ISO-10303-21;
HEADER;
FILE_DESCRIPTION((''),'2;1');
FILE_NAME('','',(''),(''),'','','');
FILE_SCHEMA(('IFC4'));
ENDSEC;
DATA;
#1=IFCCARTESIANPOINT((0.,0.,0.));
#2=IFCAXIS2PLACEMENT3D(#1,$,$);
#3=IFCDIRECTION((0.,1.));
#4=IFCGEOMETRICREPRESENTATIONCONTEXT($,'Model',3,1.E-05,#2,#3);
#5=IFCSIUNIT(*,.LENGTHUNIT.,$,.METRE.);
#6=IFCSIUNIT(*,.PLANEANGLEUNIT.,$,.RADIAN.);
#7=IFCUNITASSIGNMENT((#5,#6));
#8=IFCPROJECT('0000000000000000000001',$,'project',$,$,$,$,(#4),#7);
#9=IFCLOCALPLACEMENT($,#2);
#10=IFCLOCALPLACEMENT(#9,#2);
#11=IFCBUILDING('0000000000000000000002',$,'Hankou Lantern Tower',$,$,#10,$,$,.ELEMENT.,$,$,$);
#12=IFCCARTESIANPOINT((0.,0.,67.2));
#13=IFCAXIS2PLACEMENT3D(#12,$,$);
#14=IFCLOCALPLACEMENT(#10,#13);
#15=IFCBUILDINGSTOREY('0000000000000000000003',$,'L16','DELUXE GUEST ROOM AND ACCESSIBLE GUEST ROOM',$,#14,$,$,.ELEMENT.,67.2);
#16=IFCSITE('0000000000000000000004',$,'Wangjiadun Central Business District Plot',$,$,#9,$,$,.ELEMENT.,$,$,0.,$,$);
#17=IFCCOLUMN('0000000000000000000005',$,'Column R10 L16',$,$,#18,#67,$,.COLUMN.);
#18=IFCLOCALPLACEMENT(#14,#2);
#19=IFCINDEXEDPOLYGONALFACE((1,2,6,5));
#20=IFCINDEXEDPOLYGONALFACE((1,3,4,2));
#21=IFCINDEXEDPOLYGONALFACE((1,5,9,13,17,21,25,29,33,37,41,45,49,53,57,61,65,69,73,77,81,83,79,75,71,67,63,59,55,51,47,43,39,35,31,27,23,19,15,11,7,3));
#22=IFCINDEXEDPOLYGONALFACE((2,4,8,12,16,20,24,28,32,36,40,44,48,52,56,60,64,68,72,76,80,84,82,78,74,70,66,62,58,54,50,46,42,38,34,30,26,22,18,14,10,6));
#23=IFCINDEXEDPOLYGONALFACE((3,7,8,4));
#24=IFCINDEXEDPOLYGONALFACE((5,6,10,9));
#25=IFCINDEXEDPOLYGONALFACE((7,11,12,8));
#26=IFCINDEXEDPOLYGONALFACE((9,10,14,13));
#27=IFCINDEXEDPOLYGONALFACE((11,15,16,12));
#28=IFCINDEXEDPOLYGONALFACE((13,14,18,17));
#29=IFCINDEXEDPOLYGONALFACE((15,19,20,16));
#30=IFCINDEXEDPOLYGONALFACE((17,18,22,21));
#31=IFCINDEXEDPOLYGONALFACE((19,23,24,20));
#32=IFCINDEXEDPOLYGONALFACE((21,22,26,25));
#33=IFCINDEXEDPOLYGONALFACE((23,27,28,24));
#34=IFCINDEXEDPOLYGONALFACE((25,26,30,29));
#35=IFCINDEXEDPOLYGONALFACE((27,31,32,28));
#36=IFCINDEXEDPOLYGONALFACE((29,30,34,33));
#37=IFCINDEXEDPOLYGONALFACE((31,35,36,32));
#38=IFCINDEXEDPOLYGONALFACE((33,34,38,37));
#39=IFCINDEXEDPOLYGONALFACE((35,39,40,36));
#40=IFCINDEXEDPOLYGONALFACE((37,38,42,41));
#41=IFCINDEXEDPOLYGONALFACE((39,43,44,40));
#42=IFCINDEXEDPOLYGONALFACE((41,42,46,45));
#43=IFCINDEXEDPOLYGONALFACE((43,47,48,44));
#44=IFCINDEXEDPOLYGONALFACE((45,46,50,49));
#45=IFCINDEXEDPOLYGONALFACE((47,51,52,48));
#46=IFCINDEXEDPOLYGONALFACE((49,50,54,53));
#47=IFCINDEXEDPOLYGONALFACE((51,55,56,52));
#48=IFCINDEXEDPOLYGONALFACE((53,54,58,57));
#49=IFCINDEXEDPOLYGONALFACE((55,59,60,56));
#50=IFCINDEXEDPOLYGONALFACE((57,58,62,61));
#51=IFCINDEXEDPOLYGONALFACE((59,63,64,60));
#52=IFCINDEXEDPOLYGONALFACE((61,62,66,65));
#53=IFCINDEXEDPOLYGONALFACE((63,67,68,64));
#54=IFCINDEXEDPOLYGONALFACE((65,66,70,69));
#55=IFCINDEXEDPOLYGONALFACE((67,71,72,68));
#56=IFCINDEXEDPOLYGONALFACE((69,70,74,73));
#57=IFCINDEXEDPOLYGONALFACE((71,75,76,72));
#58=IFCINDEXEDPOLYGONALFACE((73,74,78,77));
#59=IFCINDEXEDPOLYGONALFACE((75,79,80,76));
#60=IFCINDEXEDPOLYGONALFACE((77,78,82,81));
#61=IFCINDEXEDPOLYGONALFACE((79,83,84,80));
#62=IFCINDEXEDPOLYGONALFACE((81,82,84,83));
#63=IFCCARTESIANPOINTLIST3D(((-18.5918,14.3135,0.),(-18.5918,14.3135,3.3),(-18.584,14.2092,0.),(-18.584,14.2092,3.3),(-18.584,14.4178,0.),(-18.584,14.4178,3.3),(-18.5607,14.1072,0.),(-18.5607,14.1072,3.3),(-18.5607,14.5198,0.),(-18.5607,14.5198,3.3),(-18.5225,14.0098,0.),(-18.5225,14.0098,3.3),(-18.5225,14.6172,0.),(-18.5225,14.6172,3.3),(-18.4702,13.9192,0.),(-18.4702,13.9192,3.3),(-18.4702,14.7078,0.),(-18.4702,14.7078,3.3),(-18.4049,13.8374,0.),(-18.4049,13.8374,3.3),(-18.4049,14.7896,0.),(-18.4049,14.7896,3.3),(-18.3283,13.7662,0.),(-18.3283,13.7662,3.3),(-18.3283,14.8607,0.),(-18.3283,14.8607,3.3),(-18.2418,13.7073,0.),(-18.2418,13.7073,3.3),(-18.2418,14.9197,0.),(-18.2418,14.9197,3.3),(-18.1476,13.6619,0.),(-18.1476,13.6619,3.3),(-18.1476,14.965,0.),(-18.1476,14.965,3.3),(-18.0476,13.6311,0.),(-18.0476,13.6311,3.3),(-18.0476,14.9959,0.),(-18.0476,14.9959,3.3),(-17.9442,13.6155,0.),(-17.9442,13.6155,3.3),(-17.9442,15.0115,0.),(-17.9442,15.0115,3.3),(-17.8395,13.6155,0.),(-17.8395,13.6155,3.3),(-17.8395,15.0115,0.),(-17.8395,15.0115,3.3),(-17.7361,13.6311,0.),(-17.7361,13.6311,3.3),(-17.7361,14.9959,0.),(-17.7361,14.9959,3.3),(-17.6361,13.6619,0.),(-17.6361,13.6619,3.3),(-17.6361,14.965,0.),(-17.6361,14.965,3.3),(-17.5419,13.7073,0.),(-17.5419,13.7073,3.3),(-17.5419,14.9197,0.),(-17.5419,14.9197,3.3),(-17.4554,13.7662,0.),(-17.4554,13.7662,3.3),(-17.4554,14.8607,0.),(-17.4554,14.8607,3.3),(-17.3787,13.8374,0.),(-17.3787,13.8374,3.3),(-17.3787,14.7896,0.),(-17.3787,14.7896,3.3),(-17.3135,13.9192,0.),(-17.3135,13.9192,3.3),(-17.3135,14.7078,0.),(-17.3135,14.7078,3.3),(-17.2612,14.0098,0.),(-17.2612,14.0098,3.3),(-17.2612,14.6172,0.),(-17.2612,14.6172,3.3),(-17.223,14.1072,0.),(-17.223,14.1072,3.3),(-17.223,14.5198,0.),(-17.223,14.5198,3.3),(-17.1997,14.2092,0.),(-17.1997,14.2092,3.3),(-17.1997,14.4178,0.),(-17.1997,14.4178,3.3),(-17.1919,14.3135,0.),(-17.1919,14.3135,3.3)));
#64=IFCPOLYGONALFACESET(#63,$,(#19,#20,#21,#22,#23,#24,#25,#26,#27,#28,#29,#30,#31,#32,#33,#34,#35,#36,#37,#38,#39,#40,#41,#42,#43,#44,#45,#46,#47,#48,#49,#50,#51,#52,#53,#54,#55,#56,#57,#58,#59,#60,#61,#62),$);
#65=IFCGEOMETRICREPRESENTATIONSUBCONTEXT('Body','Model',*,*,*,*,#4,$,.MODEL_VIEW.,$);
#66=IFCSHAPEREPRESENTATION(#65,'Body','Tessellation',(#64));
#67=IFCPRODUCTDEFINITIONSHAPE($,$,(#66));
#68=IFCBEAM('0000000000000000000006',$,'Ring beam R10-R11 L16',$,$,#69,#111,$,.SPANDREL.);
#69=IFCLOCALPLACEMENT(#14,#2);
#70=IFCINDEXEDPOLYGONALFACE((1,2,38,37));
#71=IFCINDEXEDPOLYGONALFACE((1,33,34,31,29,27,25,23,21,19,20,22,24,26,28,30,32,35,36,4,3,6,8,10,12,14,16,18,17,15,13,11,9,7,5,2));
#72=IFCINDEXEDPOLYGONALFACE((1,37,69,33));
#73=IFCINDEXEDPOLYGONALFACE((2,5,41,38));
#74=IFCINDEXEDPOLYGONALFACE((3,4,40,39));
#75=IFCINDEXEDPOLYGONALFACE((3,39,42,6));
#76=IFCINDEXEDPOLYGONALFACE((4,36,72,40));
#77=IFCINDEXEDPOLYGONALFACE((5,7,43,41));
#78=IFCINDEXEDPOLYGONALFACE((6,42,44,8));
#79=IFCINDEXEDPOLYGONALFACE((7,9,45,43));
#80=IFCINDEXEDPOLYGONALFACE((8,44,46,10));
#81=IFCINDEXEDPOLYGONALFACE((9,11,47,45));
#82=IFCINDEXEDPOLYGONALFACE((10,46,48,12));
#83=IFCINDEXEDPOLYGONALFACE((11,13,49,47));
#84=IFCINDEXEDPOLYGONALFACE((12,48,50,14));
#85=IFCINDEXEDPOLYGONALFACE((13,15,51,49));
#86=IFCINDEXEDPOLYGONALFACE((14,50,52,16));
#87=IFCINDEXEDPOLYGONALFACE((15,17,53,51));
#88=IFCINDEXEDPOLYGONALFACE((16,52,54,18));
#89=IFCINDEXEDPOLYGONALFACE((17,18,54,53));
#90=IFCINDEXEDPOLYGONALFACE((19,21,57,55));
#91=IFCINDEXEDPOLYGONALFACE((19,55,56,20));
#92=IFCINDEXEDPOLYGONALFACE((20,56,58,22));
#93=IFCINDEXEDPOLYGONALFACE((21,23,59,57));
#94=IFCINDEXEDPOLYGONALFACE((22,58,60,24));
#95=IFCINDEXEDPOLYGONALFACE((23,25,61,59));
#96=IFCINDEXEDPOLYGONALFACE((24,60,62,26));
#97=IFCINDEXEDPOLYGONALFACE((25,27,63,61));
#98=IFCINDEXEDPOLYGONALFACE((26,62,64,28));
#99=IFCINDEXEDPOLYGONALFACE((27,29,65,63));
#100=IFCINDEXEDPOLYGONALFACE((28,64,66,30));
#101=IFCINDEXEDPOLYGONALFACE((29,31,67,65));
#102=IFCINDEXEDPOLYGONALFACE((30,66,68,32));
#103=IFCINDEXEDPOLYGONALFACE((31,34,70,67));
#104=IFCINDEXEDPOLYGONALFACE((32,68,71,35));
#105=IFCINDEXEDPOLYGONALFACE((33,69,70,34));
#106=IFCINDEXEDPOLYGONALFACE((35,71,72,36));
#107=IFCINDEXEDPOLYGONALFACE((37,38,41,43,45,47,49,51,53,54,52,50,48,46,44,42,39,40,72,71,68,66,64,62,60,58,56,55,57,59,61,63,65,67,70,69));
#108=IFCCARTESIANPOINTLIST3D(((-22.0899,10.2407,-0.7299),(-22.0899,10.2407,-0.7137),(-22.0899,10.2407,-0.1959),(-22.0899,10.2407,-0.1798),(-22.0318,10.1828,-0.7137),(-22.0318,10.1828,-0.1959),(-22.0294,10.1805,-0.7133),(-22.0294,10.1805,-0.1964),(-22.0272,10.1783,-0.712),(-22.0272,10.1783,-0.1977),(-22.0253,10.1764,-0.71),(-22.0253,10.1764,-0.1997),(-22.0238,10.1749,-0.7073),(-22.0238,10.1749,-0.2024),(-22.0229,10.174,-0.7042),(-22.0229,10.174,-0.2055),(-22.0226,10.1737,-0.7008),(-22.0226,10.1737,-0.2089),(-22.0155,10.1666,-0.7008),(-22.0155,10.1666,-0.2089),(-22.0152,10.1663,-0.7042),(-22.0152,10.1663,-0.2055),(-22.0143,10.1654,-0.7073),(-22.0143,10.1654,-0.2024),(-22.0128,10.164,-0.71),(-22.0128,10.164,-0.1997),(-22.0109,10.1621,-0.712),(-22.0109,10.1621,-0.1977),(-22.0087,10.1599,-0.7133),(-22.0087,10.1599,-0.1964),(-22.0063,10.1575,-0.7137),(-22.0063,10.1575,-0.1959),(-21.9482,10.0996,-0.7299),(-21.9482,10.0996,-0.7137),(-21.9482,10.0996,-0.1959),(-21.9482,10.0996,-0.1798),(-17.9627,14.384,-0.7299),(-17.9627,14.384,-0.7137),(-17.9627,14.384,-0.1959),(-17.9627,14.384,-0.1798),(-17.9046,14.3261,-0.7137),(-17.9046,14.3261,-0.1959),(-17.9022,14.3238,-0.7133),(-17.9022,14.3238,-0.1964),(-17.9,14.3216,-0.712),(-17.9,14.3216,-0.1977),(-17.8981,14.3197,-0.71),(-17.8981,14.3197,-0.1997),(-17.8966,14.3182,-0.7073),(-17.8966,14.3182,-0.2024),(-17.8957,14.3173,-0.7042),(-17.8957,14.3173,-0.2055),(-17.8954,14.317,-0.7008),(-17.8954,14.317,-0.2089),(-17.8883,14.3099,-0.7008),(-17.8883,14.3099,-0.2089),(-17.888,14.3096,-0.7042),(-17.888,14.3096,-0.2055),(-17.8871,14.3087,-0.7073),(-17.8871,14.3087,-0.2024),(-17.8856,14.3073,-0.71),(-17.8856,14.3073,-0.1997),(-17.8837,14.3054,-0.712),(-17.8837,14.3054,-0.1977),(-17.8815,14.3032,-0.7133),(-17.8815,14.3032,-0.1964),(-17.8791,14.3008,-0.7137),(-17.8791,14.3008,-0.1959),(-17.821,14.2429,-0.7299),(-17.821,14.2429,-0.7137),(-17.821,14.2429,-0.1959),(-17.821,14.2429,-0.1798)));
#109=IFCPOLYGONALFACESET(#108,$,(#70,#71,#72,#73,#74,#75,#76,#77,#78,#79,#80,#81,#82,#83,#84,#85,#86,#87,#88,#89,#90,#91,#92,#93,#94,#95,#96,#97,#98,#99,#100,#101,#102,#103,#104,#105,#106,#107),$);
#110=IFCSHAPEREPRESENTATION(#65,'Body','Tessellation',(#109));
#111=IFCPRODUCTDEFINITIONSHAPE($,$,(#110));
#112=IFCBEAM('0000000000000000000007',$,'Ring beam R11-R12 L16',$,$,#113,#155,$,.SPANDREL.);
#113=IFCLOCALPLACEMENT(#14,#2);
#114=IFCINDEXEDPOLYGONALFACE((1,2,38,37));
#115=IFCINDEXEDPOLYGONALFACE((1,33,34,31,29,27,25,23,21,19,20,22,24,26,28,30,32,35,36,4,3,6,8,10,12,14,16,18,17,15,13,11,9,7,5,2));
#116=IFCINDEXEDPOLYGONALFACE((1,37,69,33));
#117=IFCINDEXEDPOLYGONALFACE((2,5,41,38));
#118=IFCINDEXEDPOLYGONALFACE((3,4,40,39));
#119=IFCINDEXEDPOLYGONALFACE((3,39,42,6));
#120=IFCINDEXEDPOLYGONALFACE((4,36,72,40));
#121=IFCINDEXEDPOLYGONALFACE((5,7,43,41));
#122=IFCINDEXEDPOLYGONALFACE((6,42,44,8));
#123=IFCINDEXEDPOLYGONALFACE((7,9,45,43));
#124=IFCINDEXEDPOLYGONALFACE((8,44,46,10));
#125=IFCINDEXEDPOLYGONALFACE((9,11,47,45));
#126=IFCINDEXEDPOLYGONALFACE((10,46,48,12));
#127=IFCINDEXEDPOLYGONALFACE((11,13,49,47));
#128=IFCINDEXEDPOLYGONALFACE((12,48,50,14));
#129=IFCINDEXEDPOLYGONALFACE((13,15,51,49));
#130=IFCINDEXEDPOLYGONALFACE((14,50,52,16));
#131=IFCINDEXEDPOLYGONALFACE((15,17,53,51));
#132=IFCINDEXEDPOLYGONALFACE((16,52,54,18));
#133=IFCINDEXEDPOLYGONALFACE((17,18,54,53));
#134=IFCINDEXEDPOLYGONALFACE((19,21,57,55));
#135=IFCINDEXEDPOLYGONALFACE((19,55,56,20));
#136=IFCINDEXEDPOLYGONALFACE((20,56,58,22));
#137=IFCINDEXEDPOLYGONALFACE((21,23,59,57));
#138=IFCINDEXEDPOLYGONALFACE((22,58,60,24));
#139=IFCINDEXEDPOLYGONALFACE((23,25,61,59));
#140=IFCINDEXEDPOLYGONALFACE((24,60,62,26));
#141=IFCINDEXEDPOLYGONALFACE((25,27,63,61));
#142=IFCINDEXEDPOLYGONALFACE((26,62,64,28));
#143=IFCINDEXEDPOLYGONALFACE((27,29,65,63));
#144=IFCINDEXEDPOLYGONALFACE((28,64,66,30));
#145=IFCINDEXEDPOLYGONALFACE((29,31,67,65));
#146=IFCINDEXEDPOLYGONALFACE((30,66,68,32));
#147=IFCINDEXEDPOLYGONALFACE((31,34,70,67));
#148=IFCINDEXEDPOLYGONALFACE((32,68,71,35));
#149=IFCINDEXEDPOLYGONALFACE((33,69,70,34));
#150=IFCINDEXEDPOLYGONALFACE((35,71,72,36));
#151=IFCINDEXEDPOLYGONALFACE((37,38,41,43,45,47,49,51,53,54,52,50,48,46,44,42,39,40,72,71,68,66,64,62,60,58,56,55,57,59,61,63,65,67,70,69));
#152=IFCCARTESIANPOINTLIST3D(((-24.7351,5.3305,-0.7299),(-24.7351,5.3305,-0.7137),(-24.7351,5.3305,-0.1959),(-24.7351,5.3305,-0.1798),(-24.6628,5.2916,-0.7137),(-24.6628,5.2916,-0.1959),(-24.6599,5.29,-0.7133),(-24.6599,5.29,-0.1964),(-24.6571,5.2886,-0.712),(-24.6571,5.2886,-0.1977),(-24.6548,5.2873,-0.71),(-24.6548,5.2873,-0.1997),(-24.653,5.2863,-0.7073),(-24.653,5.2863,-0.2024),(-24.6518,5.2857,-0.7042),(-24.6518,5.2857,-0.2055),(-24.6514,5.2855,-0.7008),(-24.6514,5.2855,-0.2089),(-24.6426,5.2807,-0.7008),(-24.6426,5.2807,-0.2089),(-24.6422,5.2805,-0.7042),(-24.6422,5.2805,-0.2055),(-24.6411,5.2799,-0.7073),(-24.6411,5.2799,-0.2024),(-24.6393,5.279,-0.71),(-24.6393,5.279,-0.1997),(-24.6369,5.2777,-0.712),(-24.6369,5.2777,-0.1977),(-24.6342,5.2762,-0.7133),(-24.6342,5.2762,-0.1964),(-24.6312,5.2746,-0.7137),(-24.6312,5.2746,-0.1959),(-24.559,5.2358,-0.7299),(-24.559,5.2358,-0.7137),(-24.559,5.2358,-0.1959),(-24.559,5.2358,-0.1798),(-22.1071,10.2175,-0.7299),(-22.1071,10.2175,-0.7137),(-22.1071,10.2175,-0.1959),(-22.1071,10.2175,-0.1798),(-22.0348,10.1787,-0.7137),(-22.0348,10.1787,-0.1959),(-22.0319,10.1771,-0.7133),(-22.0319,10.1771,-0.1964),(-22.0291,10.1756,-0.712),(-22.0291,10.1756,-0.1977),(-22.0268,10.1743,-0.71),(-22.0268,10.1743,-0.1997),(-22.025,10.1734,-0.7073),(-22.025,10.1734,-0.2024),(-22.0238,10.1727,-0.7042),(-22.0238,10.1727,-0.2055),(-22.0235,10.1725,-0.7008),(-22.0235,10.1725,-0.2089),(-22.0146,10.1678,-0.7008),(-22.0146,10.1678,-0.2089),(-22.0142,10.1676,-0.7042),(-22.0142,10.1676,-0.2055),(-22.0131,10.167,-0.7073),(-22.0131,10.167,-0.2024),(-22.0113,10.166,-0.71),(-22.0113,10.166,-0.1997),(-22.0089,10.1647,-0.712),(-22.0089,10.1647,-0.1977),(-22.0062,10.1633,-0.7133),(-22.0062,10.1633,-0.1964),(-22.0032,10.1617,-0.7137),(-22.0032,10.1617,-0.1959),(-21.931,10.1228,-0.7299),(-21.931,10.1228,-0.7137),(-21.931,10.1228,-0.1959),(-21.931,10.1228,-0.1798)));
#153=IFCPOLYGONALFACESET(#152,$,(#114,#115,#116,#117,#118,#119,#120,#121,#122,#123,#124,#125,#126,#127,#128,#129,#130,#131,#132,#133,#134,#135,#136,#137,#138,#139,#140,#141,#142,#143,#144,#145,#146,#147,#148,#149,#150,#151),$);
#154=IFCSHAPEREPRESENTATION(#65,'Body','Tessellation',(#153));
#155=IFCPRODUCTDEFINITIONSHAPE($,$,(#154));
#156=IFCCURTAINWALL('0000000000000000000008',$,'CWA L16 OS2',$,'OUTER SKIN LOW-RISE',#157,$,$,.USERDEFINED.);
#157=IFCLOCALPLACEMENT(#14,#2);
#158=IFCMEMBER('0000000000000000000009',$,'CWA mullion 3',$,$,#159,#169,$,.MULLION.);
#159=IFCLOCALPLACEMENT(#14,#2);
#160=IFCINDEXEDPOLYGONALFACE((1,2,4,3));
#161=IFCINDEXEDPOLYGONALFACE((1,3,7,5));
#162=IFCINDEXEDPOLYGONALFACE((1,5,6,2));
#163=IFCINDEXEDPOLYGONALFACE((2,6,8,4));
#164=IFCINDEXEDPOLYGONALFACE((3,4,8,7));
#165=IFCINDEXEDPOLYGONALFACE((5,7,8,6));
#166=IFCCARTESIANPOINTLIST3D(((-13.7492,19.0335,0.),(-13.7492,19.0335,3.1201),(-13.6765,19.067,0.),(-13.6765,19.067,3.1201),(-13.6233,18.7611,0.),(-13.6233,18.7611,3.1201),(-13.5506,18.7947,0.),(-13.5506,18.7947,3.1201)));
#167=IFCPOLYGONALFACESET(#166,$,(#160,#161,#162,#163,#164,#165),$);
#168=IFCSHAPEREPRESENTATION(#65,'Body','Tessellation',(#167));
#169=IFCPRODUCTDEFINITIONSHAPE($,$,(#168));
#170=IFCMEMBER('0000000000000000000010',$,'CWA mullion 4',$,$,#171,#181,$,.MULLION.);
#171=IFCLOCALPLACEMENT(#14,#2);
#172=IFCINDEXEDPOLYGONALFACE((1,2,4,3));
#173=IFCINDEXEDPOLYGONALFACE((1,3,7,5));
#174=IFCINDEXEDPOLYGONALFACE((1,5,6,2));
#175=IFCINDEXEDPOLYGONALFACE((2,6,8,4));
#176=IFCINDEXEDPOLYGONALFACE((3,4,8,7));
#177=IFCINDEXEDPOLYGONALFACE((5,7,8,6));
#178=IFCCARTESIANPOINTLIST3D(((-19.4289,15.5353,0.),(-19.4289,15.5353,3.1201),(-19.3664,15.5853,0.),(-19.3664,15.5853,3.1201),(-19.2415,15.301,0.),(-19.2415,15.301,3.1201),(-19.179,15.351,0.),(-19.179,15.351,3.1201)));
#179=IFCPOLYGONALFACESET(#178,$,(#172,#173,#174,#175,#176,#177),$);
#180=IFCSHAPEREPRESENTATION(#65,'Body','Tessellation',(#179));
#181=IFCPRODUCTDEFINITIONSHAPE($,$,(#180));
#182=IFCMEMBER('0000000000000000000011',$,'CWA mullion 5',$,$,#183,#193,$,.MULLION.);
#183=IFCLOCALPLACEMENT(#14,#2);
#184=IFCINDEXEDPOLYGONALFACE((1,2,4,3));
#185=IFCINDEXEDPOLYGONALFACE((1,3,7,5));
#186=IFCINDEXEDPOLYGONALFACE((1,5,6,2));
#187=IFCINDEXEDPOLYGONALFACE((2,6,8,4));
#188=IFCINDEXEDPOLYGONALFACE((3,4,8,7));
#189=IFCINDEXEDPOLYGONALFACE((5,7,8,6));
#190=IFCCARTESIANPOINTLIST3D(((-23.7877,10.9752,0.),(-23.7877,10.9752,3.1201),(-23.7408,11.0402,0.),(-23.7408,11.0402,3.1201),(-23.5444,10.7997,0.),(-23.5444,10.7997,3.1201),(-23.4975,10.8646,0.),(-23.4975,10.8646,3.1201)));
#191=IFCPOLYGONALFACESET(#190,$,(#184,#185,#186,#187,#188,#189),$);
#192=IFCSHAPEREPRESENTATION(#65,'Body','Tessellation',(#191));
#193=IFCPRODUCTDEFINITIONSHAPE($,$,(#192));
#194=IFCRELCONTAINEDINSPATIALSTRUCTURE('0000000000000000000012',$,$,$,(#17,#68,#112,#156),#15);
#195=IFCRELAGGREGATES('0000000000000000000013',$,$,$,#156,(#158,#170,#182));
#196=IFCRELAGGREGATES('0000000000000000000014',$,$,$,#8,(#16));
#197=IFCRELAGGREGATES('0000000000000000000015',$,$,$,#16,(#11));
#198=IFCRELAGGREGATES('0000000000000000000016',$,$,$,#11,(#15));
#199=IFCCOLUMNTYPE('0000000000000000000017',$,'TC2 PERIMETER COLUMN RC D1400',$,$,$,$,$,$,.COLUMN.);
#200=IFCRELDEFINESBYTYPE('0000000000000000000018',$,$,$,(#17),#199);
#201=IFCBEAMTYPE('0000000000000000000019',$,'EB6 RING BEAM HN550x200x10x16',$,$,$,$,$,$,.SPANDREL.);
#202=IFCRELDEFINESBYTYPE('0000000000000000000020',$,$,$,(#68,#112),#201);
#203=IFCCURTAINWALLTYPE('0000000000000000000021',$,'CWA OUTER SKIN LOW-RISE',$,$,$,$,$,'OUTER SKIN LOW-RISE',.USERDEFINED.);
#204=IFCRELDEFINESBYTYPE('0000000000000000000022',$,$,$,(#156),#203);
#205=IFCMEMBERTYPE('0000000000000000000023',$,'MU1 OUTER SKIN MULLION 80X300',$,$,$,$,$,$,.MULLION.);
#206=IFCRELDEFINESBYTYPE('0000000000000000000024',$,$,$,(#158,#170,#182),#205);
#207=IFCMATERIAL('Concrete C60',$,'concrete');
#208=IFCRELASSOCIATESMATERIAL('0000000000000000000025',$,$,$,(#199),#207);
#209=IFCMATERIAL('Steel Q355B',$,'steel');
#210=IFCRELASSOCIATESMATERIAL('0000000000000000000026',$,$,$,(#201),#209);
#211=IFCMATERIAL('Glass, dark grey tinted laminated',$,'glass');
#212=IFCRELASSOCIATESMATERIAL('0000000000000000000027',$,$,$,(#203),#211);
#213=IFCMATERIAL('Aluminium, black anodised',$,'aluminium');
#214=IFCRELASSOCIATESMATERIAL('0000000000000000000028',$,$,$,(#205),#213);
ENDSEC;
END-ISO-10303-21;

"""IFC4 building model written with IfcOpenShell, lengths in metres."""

from ifc_helpers import new_model, si_unit, direction, frame, origin, origin_2d, place, context, subcontext, project, spatial, rectangle, circle, i_section, extrude, material, material_profile, profile_set, type_object, element, aggregate, save


model = new_model("IFC4")

# Units and contexts
model_context = context("Model", 3, precision=1e-05, world=origin(), true_north=direction((0.0, 1.0)))
body_context = subcontext(model_context, "Body", "Model", "MODEL_VIEW")
ifc_project = project(units=[si_unit("LENGTHUNIT", "METRE"), si_unit("PLANEANGLEUNIT", "RADIAN")], contexts=[model_context])

# Site, building, storey
site_placement = place(None, origin())
site = spatial("IfcSite", under=ifc_project, at=site_placement, Name="Wangjiadun Central Business District Plot", CompositionType="ELEMENT", RefElevation=0.0)
building_placement = place(site_placement, origin())
building = spatial("IfcBuilding", under=site, at=building_placement, Name="Hankou Lantern Tower", CompositionType="ELEMENT")
storey_placement = place(building_placement, frame((0.0, 0.0, 67.2)))
storey = spatial("IfcBuildingStorey", under=building, at=storey_placement, Name="L16", Description="DELUXE GUEST ROOM AND ACCESSIBLE GUEST ROOM", CompositionType="ELEMENT", Elevation=67.2)

# Column
ifc_material_1 = material(Name="Concrete C60", Category="concrete")
ifc_material_profile_1 = material_profile(ifc_material_1, circle(Radius=0.7, at=origin_2d()), Name="RC D1400")
ifc_profile_set_1 = profile_set([ifc_material_profile_1], Name="Concrete C60")
column_type = type_object("IfcColumnType", Name="TC2 PERIMETER COLUMN RC D1400", PredefinedType="COLUMN", material=ifc_profile_set_1)
column_placement = place(storey_placement, frame((-17.8918, 14.3135, 0.0), z_axis=(0.0, 0.0, 1.0), x_axis=(1.0, 0.0, 0.0)))
element("IfcColumn", 1, at=column_placement, inside=storey, type_object=column_type, Name="Column R10 L16", PredefinedType="COLUMN", context=body_context, shape_type="SweptSolid", body=[
    extrude(circle(Radius=0.7, at=origin_2d()), origin(), (0.0, 0.0, 1.0), 3.3),
])

# Beams
ifc_material_2 = material(Name="Steel Q355B", Category="steel")
ifc_material_profile_2 = material_profile(ifc_material_2, i_section(OverallWidth=0.2, OverallDepth=0.55, WebThickness=0.01, FlangeThickness=0.0161, FilletRadius=0.0129, at=origin_2d()), Name="HN550x200x10x16")
ifc_profile_set_2 = profile_set([ifc_material_profile_2], Name="Steel Q355B")
beam_type_1 = type_object("IfcBeamType", Name="EB6 RING BEAM HN550x200x10x16", PredefinedType="SPANDREL", material=ifc_profile_set_2)
beam_1_placement = place(storey_placement, frame((-17.8918, 14.3135, -0.4548), z_axis=(-0.705728, -0.708483, 0.0), x_axis=(0.708483, -0.705728, 0.0)))
element("IfcBeam", 2, at=beam_1_placement, inside=storey, type_object=beam_type_1, Name="Ring beam R10-R11 L16", PredefinedType="SPANDREL", context=body_context, shape_type="SweptSolid", body=[
    extrude(i_section(OverallWidth=0.2, OverallDepth=0.55, WebThickness=0.01, FlangeThickness=0.0161, FilletRadius=0.0129, at=origin_2d()), origin(), (0.0, 0.0, 1.0), 5.8481),
])
beam_2_placement = place(storey_placement, frame((-22.019, 10.1702, -0.4548), z_axis=(-0.473609, -0.880735, 0.0), x_axis=(0.880735, -0.473609, 0.0)))
element("IfcBeam", 3, at=beam_2_placement, inside=storey, type_object=beam_type_1, Name="Ring beam R11-R12 L16", PredefinedType="SPANDREL", context=body_context, shape_type="SweptSolid", body=[
    extrude(i_section(OverallWidth=0.2, OverallDepth=0.55, WebThickness=0.01, FlangeThickness=0.0161, FilletRadius=0.0129, at=origin_2d()), origin(), (0.0, 0.0, 1.0), 5.5488),
])

# Curtain wall, members
ifc_material_3 = material(Name="Glass, dark grey tinted laminated", Category="glass")
curtain_wall_type = type_object("IfcCurtainWallType", Name="CWA OUTER SKIN LOW-RISE", ElementType="OUTER SKIN LOW-RISE", PredefinedType="USERDEFINED", material=ifc_material_3)
curtain_wall_placement = place(storey_placement, origin())
curtain_wall = element("IfcCurtainWall", 4, at=curtain_wall_placement, inside=storey, type_object=curtain_wall_type, Name="CWA L16 OS2", ObjectType="OUTER SKIN LOW-RISE", PredefinedType="USERDEFINED")
ifc_material_4 = material(Name="Aluminium, black anodised", Category="aluminium")
ifc_material_profile_3 = material_profile(ifc_material_4, rectangle(XDim=0.0801, YDim=0.3, at=origin_2d()), Name="MU1 80X300")
ifc_profile_set_3 = profile_set([ifc_material_profile_3], Name="Aluminium, black anodised")
member_type_1 = type_object("IfcMemberType", Name="MU1 OUTER SKIN MULLION 80X300", PredefinedType="MULLION", material=ifc_profile_set_3)
member_1_placement = place(storey_placement, frame((-13.6499, 18.9141, 0.0), z_axis=(0.0, 0.0, 1.0), x_axis=(-0.907841, -0.419314, 0.0)))
member_1 = element("IfcMember", 5, at=member_1_placement, type_object=member_type_1, Name="CWA mullion 3", PredefinedType="MULLION", context=body_context, shape_type="SweptSolid", body=[
    extrude(rectangle(XDim=0.0801, YDim=0.3, at=origin_2d()), origin(), (0.0, 0.0, 1.0), 3.1201),
])
member_2_placement = place(storey_placement, frame((-19.304, 15.4431, 0.0), z_axis=(0.0, 0.0, 1.0), x_axis=(-0.780869, -0.624695, 0.0)))
member_2 = element("IfcMember", 6, at=member_2_placement, type_object=member_type_1, Name="CWA mullion 4", PredefinedType="MULLION", context=body_context, shape_type="SweptSolid", body=[
    extrude(rectangle(XDim=0.0801, YDim=0.3, at=origin_2d()), origin(), (0.0, 0.0, 1.0), 3.1201),
])
member_3_placement = place(storey_placement, frame((-23.6426, 10.9199, 0.0), z_axis=(0.0, 0.0, 1.0), x_axis=(-0.585206, -0.810885, 0.0)))
member_3 = element("IfcMember", 7, at=member_3_placement, type_object=member_type_1, Name="CWA mullion 5", PredefinedType="MULLION", context=body_context, shape_type="SweptSolid", body=[
    extrude(rectangle(XDim=0.0801, YDim=0.3, at=origin_2d()), origin(), (0.0, 0.0, 1.0), 3.1201),
])

aggregate(curtain_wall, [member_1, member_2, member_3])

save(model, "model.ifc")
